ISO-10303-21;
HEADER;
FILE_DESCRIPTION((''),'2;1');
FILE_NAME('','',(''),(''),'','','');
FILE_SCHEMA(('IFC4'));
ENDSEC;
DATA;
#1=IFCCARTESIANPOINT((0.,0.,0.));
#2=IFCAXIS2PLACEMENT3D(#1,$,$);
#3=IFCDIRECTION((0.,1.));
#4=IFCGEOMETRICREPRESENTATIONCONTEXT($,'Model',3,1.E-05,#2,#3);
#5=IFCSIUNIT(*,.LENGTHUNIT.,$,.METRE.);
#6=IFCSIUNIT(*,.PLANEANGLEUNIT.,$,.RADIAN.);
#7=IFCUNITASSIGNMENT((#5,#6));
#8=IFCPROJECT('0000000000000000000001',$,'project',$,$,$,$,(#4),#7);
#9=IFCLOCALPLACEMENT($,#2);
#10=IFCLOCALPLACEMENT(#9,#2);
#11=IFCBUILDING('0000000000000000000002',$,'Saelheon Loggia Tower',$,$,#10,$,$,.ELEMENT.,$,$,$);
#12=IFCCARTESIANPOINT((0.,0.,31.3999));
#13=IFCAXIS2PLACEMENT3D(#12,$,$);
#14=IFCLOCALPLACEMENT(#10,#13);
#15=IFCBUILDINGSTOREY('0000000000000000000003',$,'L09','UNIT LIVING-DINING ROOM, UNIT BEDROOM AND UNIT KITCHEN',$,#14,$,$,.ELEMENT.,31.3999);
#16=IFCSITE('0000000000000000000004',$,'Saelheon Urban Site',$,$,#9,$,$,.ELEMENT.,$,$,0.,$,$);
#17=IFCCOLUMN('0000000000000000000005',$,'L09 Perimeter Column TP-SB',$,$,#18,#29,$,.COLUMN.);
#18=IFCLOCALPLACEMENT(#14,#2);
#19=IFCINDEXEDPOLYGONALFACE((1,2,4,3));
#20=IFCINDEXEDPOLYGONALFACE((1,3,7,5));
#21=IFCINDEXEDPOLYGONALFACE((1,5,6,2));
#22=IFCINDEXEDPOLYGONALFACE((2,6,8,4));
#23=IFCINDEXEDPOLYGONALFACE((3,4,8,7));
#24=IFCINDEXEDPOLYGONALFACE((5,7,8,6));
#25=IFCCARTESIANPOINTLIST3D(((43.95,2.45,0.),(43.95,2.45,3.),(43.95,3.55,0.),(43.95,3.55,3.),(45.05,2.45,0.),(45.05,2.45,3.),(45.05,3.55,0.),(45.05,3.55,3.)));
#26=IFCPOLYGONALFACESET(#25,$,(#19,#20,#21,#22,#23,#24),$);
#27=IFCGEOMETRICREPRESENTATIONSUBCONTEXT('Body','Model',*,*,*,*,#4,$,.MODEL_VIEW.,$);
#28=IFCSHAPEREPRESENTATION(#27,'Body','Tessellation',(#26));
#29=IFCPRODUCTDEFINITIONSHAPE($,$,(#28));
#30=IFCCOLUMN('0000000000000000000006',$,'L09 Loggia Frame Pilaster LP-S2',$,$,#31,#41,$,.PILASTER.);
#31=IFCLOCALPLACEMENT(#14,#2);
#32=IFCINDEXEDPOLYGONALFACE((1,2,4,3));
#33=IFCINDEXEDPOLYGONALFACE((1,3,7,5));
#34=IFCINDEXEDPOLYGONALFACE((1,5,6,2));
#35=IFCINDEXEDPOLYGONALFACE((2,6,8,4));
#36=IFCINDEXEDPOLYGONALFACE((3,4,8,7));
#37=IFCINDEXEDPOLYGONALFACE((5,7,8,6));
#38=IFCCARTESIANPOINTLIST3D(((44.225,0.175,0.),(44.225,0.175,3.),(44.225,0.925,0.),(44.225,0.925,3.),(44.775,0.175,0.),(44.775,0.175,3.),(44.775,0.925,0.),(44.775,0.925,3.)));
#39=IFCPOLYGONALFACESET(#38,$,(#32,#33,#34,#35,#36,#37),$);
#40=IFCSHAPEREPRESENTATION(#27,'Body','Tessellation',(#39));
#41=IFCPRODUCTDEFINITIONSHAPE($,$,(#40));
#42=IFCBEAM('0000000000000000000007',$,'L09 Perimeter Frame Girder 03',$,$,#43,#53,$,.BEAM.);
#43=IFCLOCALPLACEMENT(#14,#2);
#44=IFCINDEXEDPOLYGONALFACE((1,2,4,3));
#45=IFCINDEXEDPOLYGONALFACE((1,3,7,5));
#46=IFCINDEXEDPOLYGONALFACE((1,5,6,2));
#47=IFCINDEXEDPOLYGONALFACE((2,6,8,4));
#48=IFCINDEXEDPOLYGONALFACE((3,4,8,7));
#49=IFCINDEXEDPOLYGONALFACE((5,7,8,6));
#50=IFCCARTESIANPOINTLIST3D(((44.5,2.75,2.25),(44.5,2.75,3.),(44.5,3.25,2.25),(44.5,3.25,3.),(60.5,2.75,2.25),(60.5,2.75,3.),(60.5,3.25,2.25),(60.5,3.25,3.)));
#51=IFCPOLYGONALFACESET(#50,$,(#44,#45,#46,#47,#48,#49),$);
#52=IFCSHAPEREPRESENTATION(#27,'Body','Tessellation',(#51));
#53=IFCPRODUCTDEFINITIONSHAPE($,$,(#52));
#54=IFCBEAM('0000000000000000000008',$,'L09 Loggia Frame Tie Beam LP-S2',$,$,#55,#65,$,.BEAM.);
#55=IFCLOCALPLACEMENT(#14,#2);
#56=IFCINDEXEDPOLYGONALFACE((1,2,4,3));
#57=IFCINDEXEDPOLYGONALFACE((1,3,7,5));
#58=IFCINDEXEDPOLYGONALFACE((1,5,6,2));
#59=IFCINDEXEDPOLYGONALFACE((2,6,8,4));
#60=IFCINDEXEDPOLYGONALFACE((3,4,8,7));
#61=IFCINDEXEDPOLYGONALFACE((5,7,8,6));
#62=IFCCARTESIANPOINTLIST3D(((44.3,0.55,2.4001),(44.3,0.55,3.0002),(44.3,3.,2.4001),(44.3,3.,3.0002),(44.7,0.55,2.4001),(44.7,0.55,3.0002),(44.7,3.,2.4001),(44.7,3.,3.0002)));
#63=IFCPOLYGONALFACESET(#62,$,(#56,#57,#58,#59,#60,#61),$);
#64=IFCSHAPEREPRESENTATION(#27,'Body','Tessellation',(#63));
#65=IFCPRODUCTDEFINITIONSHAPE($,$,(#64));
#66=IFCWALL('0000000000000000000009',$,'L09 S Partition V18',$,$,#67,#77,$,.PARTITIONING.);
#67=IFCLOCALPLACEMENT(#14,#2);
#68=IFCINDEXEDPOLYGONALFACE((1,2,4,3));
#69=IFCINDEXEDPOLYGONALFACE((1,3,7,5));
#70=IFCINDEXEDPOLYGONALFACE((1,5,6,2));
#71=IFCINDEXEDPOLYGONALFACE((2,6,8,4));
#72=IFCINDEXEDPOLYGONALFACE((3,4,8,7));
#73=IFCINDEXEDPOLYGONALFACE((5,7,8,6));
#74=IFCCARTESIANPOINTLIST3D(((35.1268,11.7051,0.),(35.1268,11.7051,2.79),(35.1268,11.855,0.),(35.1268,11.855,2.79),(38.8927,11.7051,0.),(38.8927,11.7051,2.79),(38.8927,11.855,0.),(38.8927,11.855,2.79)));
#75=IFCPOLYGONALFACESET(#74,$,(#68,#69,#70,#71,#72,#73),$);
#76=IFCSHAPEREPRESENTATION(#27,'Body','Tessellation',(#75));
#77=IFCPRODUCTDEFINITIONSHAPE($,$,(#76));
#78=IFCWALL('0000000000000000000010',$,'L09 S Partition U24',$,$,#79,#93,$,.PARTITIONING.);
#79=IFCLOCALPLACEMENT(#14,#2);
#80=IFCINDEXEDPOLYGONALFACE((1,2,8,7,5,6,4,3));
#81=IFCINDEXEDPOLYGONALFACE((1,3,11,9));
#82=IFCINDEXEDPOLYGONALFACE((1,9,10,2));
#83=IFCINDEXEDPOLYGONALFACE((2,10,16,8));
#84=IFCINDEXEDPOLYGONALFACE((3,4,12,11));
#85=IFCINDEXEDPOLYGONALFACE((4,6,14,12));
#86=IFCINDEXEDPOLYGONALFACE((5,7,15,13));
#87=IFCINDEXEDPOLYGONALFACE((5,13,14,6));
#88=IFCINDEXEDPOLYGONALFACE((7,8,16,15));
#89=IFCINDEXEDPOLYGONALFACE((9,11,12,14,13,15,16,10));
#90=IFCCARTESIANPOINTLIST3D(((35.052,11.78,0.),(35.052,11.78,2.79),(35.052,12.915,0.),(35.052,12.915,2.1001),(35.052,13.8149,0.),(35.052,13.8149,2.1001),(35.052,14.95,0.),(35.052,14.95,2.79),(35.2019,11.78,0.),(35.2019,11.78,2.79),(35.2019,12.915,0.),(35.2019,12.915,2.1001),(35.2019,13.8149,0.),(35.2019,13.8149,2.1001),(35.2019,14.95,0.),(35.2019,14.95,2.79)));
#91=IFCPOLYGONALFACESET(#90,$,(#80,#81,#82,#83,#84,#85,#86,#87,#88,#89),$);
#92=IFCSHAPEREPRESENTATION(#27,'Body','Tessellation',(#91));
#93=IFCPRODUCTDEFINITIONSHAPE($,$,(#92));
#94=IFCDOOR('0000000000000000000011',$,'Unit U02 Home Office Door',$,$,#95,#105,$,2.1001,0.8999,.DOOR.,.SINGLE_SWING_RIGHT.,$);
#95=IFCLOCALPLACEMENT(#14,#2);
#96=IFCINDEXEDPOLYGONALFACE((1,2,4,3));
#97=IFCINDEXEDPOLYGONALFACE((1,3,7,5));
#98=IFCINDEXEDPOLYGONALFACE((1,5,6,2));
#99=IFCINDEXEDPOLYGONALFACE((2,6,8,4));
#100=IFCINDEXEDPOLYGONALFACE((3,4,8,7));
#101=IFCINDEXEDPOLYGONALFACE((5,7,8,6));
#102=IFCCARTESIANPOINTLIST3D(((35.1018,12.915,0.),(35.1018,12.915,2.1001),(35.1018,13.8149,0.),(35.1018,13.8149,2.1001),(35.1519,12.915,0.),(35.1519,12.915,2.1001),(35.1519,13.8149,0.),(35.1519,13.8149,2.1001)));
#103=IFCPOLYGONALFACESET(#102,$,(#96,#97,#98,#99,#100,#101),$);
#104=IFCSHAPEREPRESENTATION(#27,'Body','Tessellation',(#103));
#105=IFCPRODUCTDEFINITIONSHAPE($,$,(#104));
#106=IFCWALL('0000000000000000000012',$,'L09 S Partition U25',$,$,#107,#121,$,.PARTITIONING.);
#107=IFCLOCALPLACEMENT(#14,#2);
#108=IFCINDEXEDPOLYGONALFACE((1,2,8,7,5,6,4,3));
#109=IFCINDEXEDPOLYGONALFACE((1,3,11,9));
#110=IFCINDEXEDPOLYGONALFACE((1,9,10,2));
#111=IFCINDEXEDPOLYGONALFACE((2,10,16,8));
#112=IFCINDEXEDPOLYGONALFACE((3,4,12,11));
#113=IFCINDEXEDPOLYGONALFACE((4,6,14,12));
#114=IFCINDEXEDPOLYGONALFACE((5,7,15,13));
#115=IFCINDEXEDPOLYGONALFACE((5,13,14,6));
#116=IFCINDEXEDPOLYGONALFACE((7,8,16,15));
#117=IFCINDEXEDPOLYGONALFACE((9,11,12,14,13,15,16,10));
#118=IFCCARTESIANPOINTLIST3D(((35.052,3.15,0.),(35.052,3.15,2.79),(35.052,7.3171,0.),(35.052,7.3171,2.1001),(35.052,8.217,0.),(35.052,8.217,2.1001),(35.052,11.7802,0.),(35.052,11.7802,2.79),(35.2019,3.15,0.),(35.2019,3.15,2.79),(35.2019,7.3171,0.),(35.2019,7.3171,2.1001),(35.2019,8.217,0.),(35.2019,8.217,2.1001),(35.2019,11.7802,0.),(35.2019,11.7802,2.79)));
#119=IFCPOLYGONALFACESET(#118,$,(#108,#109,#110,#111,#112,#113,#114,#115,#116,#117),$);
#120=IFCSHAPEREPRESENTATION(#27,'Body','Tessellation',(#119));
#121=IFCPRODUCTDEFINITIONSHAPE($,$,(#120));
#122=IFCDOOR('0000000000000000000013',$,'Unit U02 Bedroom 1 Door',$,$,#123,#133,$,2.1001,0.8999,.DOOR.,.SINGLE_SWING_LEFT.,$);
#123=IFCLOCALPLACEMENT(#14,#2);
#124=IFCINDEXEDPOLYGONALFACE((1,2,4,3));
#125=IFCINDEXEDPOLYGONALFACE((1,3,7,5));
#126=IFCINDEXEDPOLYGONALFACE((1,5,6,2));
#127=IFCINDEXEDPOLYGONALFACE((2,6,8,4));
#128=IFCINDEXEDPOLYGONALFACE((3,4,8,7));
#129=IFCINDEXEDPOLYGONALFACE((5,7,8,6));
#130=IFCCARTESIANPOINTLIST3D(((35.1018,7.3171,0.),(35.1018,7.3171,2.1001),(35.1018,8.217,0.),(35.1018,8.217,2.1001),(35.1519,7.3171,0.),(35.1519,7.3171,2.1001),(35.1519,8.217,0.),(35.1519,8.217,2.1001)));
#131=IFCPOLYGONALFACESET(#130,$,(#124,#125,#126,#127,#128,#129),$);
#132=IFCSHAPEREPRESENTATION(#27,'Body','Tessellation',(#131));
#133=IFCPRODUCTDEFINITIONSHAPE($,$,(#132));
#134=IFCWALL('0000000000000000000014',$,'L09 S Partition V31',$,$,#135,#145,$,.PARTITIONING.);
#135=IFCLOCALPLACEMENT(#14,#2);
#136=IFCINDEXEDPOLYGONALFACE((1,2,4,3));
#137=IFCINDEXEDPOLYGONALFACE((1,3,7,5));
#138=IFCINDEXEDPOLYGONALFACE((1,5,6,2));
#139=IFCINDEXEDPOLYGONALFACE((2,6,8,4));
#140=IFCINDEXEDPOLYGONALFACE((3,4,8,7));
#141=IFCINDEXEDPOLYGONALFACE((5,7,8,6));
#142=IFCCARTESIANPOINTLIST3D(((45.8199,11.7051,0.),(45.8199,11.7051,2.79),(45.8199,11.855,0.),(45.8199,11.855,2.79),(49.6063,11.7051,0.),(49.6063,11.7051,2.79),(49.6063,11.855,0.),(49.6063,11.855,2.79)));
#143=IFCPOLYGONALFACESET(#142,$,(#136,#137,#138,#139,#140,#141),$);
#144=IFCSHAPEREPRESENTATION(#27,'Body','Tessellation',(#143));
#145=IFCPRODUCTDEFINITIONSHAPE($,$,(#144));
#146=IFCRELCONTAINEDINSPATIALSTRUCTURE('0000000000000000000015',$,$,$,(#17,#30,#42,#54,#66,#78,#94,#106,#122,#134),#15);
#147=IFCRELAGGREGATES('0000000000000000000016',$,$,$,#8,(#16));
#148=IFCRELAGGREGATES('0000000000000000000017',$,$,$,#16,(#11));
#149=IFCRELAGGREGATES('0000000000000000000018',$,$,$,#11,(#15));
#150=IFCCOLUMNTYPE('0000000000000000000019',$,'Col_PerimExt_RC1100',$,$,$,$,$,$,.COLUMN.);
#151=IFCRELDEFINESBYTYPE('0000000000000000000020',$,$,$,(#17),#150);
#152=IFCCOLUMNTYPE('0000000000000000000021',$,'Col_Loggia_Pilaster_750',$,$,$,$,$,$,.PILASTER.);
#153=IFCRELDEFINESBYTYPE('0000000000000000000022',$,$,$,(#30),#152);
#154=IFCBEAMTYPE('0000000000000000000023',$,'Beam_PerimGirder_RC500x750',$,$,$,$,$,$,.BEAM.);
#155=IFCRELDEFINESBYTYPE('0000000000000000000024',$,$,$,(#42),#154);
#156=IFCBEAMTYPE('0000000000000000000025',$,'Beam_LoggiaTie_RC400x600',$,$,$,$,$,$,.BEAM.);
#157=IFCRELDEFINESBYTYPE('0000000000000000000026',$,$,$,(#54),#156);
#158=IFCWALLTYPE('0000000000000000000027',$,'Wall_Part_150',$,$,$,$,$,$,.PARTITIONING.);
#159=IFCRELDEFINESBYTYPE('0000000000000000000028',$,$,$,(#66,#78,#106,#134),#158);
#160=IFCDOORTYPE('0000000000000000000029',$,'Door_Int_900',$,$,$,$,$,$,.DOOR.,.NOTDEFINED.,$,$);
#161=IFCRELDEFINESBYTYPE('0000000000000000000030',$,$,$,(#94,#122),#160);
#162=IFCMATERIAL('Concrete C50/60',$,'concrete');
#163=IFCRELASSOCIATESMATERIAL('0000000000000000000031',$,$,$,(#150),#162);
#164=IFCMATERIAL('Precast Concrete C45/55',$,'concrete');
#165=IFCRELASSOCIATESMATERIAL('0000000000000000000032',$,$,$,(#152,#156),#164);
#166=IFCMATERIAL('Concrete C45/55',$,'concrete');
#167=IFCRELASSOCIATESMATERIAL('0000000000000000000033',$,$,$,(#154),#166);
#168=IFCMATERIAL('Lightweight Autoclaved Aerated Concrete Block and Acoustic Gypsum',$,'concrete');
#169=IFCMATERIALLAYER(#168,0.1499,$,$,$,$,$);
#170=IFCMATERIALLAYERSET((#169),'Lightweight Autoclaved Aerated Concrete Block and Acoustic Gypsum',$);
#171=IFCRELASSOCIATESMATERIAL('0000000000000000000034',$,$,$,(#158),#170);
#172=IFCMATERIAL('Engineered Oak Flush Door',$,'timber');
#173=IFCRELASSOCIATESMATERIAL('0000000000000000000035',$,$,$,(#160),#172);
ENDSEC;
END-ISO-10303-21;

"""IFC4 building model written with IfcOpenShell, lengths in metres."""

from ifc_helpers import new_model, si_unit, direction, frame, frame_2d, origin, origin_2d, place, context, subcontext, project, spatial, rectangle, extrude, source, transform, mapped, material, layer, layer_set, material_profile, profile_set, type_object, element, fill, save


model = new_model("IFC4")

# Units and contexts
model_context = context("Model", 3, precision=1e-05, world=origin(), true_north=direction((0.0, 1.0)))
body_context = subcontext(model_context, "Body", "Model", "MODEL_VIEW")
ifc_project = project(units=[si_unit("LENGTHUNIT", "METRE"), si_unit("PLANEANGLEUNIT", "RADIAN")], contexts=[model_context])

# Site, building, storey
site_placement = place(None, origin())
site = spatial("IfcSite", under=ifc_project, at=site_placement, Name="Saelheon Urban Site", CompositionType="ELEMENT", RefElevation=0.0)
building_placement = place(site_placement, origin())
building = spatial("IfcBuilding", under=site, at=building_placement, Name="Saelheon Loggia Tower", CompositionType="ELEMENT")
storey_placement = place(building_placement, frame((0.0, 0.0, 31.3999)))
storey = spatial("IfcBuildingStorey", under=building, at=storey_placement, Name="L09", Description="UNIT LIVING-DINING ROOM, UNIT BEDROOM AND UNIT KITCHEN", CompositionType="ELEMENT", Elevation=31.3999)

# Columns
ifc_material_1 = material(Name="Concrete C50/60", Category="concrete")
ifc_material_profile_1 = material_profile(ifc_material_1, rectangle(XDim=1.1001, YDim=1.1001, at=origin_2d()), Name="RC-1100x1100")
ifc_profile_set_1 = profile_set([ifc_material_profile_1], Name="Concrete C50/60")
column_type_1 = type_object("IfcColumnType", Name="Col_PerimExt_RC1100", PredefinedType="COLUMN", material=ifc_profile_set_1)
shared_shape_1 = source(origin(), body_context, "Body", "SweptSolid", [
    extrude(rectangle(XDim=1.1001, YDim=1.1001, at=origin_2d()), origin(), (0.0, 0.0, 1.0), 3.0),
])
column_1_placement = place(storey_placement, frame((44.5, 3.0, 0.0), z_axis=(0.0, 0.0, 1.0), x_axis=(1.0, 0.0, 0.0)))
element("IfcColumn", 1, at=column_1_placement, inside=storey, type_object=column_type_1, Name="L09 Perimeter Column TP-SB", PredefinedType="COLUMN", context=body_context, shape_type="MappedRepresentation", body=[
    mapped(shared_shape_1, transform((0.0, 0.0, 0.0), scale=1.0)),
])
ifc_material_2 = material(Name="Precast Concrete C45/55", Category="concrete")
ifc_material_profile_2 = material_profile(ifc_material_2, rectangle(XDim=0.55, YDim=0.75, at=origin_2d()), Name="RC-550x750")
ifc_profile_set_2 = profile_set([ifc_material_profile_2], Name="Precast Concrete C45/55")
column_type_2 = type_object("IfcColumnType", Name="Col_Loggia_Pilaster_750", PredefinedType="PILASTER", material=ifc_profile_set_2)
shared_shape_2 = source(origin(), body_context, "Body", "SweptSolid", [
    extrude(rectangle(XDim=0.55, YDim=0.75, at=origin_2d()), origin(), (0.0, 0.0, 1.0), 3.0),
])
column_2_placement = place(storey_placement, frame((44.5, 0.55, 0.0), z_axis=(0.0, 0.0, 1.0), x_axis=(1.0, 0.0, 0.0)))
element("IfcColumn", 2, at=column_2_placement, inside=storey, type_object=column_type_2, Name="L09 Loggia Frame Pilaster LP-S2", PredefinedType="PILASTER", context=body_context, shape_type="MappedRepresentation", body=[
    mapped(shared_shape_2, transform((0.0, 0.0, 0.0), scale=1.0)),
])

# Beams
ifc_material_3 = material(Name="Concrete C45/55", Category="concrete")
ifc_material_profile_3 = material_profile(ifc_material_3, rectangle(XDim=0.5, YDim=0.75, at=origin_2d()), Name="RC-500x750")
ifc_profile_set_3 = profile_set([ifc_material_profile_3], Name="Concrete C45/55")
beam_type_1 = type_object("IfcBeamType", Name="Beam_PerimGirder_RC500x750", PredefinedType="BEAM", material=ifc_profile_set_3)
shared_shape_3 = source(origin(), body_context, "Body", "SweptSolid", [
    extrude(rectangle(XDim=0.5, YDim=0.75, at=origin_2d()), origin(), (0.0, 0.0, 1.0), 16.0),
])
beam_1_placement = place(storey_placement, frame((44.5, 3.0, 2.625), z_axis=(1.0, 0.0, 0.0), x_axis=(0.0, 1.0, 0.0)))
element("IfcBeam", 3, at=beam_1_placement, inside=storey, type_object=beam_type_1, Name="L09 Perimeter Frame Girder 03", PredefinedType="BEAM", context=body_context, shape_type="MappedRepresentation", body=[
    mapped(shared_shape_3, transform((0.0, 0.0, 0.0), scale=1.0)),
])
ifc_material_profile_4 = material_profile(ifc_material_2, rectangle(XDim=0.3999, YDim=0.6001, at=origin_2d()), Name="RC-400x600")
ifc_profile_set_4 = profile_set([ifc_material_profile_4], Name="Precast Concrete C45/55")
beam_type_2 = type_object("IfcBeamType", Name="Beam_LoggiaTie_RC400x600", PredefinedType="BEAM", material=ifc_profile_set_4)
shared_shape_4 = source(origin(), body_context, "Body", "SweptSolid", [
    extrude(rectangle(XDim=0.3999, YDim=0.6001, at=origin_2d()), origin(), (0.0, 0.0, 1.0), 2.45),
])
beam_2_placement = place(storey_placement, frame((44.5, 3.0, 2.7002), z_axis=(0.0, -1.0, 0.0), x_axis=(1.0, 0.0, 0.0)))
element("IfcBeam", 4, at=beam_2_placement, inside=storey, type_object=beam_type_2, Name="L09 Loggia Frame Tie Beam LP-S2", PredefinedType="BEAM", context=body_context, shape_type="MappedRepresentation", body=[
    mapped(shared_shape_4, transform((0.0, 0.0, 0.0), scale=1.0)),
])

# Wall
ifc_material_4 = material(Name="Lightweight Autoclaved Aerated Concrete Block and Acoustic Gypsum", Category="concrete")
ifc_layer_1 = layer(ifc_material_4, 0.1499)
ifc_layer_set_1 = layer_set([ifc_layer_1], Name="Lightweight Autoclaved Aerated Concrete Block and Acoustic Gypsum")
wall_type_1 = type_object("IfcWallType", Name="Wall_Part_150", PredefinedType="PARTITIONING", material=ifc_layer_set_1)
wall_1_placement = place(storey_placement, frame((35.127, 11.78, 0.0), z_axis=(0.0, 0.0, 1.0), x_axis=(1.0, 0.0, 0.0)))
element("IfcWall", 5, at=wall_1_placement, inside=storey, type_object=wall_type_1, Name="L09 S Partition V18", PredefinedType="PARTITIONING", context=body_context, shape_type="SweptSolid", body=[
    extrude(rectangle(XDim=3.7659, YDim=0.1499, at=frame_2d((1.8828, 0.0))), origin(), (0.0, 0.0, 1.0), 2.79),
])

# Walls, openings, doors
wall_2_placement = place(storey_placement, frame((35.127, 14.95, 0.0), z_axis=(0.0, 0.0, 1.0), x_axis=(0.0, -1.0, 0.0)))
wall_2 = element("IfcWall", 6, at=wall_2_placement, inside=storey, type_object=wall_type_1, Name="L09 S Partition U24", PredefinedType="PARTITIONING", context=body_context, shape_type="SweptSolid", body=[
    extrude(rectangle(XDim=3.1699, YDim=0.1499, at=frame_2d((1.585, 0.0))), origin(), (0.0, 0.0, 1.0), 2.79),
])
opening_1_placement = place(wall_2_placement, frame((1.135, 0.0, 0.0)))
opening_1 = element("IfcOpeningElement", 7, at=opening_1_placement, cuts=wall_2, PredefinedType="OPENING", context=body_context, shape_type="SweptSolid", body=[
    extrude(rectangle(XDim=0.8999, YDim=2.1001, at=frame_2d((0.45, 1.05))), frame((0.0, 0.0869, 0.0), z_axis=(0.0, -1.0, 0.0), x_axis=(1.0, 0.0, 0.0)), (0.0, 0.0, 1.0), 0.1738),
])
ifc_material_5 = material(Name="Engineered Oak Flush Door", Category="timber")
door_type_1 = type_object("IfcDoorType", Name="Door_Int_900", OperationType="NOTDEFINED", PredefinedType="DOOR", material=ifc_material_5)
shared_shape_5 = source(origin(), body_context, "Body", "SweptSolid", [
    extrude(rectangle(XDim=0.8999, YDim=2.1001, at=frame_2d((0.45, 1.05))), frame((0.0, 0.0249, 0.0), z_axis=(0.0, -1.0, 0.0), x_axis=(1.0, 0.0, 0.0)), (0.0, 0.0, 1.0), 0.05),
])
door_1_placement = place(opening_1_placement, origin())
door_1 = element("IfcDoor", 8, at=door_1_placement, inside=storey, type_object=door_type_1, Name="Unit U02 Home Office Door", OperationType="SINGLE_SWING_RIGHT", OverallHeight=2.1001, OverallWidth=0.8999, PredefinedType="DOOR", context=body_context, shape_type="MappedRepresentation", body=[
    mapped(shared_shape_5, transform((0.0, 0.0, 0.0), scale=1.0)),
])
fill(opening_1, door_1)
wall_3_placement = place(storey_placement, frame((35.127, 11.78, 0.0), z_axis=(0.0, 0.0, 1.0), x_axis=(0.0, -1.0, 0.0)))
wall_3 = element("IfcWall", 9, at=wall_3_placement, inside=storey, type_object=wall_type_1, Name="L09 S Partition U25", PredefinedType="PARTITIONING", context=body_context, shape_type="SweptSolid", body=[
    extrude(rectangle(XDim=8.6301, YDim=0.1499, at=frame_2d((4.3149, 0.0))), origin(), (0.0, 0.0, 1.0), 2.79),
])
opening_2_placement = place(wall_3_placement, frame((3.563, 0.0, 0.0)))
opening_2 = element("IfcOpeningElement", 10, at=opening_2_placement, cuts=wall_3, PredefinedType="OPENING", context=body_context, shape_type="SweptSolid", body=[
    extrude(rectangle(XDim=0.8999, YDim=2.1001, at=frame_2d((0.45, 1.05))), frame((0.0, 0.0869, 0.0), z_axis=(0.0, -1.0, 0.0), x_axis=(1.0, 0.0, 0.0)), (0.0, 0.0, 1.0), 0.1738),
])
door_2_placement = place(opening_2_placement, origin())
door_2 = element("IfcDoor", 11, at=door_2_placement, inside=storey, type_object=door_type_1, Name="Unit U02 Bedroom 1 Door", OperationType="SINGLE_SWING_LEFT", OverallHeight=2.1001, OverallWidth=0.8999, PredefinedType="DOOR", context=body_context, shape_type="MappedRepresentation", body=[
    mapped(shared_shape_5, transform((0.0, 0.0, 0.0), scale=1.0)),
])
fill(opening_2, door_2)

# Wall
wall_4_placement = place(storey_placement, frame((45.8201, 11.78, 0.0), z_axis=(0.0, 0.0, 1.0), x_axis=(1.0, 0.0, 0.0)))
element("IfcWall", 12, at=wall_4_placement, inside=storey, type_object=wall_type_1, Name="L09 S Partition V31", PredefinedType="PARTITIONING", context=body_context, shape_type="SweptSolid", body=[
    extrude(rectangle(XDim=3.7864, YDim=0.1499, at=frame_2d((1.8931, 0.0))), origin(), (0.0, 0.0, 1.0), 2.79),
])

save(model, "model.ifc")
